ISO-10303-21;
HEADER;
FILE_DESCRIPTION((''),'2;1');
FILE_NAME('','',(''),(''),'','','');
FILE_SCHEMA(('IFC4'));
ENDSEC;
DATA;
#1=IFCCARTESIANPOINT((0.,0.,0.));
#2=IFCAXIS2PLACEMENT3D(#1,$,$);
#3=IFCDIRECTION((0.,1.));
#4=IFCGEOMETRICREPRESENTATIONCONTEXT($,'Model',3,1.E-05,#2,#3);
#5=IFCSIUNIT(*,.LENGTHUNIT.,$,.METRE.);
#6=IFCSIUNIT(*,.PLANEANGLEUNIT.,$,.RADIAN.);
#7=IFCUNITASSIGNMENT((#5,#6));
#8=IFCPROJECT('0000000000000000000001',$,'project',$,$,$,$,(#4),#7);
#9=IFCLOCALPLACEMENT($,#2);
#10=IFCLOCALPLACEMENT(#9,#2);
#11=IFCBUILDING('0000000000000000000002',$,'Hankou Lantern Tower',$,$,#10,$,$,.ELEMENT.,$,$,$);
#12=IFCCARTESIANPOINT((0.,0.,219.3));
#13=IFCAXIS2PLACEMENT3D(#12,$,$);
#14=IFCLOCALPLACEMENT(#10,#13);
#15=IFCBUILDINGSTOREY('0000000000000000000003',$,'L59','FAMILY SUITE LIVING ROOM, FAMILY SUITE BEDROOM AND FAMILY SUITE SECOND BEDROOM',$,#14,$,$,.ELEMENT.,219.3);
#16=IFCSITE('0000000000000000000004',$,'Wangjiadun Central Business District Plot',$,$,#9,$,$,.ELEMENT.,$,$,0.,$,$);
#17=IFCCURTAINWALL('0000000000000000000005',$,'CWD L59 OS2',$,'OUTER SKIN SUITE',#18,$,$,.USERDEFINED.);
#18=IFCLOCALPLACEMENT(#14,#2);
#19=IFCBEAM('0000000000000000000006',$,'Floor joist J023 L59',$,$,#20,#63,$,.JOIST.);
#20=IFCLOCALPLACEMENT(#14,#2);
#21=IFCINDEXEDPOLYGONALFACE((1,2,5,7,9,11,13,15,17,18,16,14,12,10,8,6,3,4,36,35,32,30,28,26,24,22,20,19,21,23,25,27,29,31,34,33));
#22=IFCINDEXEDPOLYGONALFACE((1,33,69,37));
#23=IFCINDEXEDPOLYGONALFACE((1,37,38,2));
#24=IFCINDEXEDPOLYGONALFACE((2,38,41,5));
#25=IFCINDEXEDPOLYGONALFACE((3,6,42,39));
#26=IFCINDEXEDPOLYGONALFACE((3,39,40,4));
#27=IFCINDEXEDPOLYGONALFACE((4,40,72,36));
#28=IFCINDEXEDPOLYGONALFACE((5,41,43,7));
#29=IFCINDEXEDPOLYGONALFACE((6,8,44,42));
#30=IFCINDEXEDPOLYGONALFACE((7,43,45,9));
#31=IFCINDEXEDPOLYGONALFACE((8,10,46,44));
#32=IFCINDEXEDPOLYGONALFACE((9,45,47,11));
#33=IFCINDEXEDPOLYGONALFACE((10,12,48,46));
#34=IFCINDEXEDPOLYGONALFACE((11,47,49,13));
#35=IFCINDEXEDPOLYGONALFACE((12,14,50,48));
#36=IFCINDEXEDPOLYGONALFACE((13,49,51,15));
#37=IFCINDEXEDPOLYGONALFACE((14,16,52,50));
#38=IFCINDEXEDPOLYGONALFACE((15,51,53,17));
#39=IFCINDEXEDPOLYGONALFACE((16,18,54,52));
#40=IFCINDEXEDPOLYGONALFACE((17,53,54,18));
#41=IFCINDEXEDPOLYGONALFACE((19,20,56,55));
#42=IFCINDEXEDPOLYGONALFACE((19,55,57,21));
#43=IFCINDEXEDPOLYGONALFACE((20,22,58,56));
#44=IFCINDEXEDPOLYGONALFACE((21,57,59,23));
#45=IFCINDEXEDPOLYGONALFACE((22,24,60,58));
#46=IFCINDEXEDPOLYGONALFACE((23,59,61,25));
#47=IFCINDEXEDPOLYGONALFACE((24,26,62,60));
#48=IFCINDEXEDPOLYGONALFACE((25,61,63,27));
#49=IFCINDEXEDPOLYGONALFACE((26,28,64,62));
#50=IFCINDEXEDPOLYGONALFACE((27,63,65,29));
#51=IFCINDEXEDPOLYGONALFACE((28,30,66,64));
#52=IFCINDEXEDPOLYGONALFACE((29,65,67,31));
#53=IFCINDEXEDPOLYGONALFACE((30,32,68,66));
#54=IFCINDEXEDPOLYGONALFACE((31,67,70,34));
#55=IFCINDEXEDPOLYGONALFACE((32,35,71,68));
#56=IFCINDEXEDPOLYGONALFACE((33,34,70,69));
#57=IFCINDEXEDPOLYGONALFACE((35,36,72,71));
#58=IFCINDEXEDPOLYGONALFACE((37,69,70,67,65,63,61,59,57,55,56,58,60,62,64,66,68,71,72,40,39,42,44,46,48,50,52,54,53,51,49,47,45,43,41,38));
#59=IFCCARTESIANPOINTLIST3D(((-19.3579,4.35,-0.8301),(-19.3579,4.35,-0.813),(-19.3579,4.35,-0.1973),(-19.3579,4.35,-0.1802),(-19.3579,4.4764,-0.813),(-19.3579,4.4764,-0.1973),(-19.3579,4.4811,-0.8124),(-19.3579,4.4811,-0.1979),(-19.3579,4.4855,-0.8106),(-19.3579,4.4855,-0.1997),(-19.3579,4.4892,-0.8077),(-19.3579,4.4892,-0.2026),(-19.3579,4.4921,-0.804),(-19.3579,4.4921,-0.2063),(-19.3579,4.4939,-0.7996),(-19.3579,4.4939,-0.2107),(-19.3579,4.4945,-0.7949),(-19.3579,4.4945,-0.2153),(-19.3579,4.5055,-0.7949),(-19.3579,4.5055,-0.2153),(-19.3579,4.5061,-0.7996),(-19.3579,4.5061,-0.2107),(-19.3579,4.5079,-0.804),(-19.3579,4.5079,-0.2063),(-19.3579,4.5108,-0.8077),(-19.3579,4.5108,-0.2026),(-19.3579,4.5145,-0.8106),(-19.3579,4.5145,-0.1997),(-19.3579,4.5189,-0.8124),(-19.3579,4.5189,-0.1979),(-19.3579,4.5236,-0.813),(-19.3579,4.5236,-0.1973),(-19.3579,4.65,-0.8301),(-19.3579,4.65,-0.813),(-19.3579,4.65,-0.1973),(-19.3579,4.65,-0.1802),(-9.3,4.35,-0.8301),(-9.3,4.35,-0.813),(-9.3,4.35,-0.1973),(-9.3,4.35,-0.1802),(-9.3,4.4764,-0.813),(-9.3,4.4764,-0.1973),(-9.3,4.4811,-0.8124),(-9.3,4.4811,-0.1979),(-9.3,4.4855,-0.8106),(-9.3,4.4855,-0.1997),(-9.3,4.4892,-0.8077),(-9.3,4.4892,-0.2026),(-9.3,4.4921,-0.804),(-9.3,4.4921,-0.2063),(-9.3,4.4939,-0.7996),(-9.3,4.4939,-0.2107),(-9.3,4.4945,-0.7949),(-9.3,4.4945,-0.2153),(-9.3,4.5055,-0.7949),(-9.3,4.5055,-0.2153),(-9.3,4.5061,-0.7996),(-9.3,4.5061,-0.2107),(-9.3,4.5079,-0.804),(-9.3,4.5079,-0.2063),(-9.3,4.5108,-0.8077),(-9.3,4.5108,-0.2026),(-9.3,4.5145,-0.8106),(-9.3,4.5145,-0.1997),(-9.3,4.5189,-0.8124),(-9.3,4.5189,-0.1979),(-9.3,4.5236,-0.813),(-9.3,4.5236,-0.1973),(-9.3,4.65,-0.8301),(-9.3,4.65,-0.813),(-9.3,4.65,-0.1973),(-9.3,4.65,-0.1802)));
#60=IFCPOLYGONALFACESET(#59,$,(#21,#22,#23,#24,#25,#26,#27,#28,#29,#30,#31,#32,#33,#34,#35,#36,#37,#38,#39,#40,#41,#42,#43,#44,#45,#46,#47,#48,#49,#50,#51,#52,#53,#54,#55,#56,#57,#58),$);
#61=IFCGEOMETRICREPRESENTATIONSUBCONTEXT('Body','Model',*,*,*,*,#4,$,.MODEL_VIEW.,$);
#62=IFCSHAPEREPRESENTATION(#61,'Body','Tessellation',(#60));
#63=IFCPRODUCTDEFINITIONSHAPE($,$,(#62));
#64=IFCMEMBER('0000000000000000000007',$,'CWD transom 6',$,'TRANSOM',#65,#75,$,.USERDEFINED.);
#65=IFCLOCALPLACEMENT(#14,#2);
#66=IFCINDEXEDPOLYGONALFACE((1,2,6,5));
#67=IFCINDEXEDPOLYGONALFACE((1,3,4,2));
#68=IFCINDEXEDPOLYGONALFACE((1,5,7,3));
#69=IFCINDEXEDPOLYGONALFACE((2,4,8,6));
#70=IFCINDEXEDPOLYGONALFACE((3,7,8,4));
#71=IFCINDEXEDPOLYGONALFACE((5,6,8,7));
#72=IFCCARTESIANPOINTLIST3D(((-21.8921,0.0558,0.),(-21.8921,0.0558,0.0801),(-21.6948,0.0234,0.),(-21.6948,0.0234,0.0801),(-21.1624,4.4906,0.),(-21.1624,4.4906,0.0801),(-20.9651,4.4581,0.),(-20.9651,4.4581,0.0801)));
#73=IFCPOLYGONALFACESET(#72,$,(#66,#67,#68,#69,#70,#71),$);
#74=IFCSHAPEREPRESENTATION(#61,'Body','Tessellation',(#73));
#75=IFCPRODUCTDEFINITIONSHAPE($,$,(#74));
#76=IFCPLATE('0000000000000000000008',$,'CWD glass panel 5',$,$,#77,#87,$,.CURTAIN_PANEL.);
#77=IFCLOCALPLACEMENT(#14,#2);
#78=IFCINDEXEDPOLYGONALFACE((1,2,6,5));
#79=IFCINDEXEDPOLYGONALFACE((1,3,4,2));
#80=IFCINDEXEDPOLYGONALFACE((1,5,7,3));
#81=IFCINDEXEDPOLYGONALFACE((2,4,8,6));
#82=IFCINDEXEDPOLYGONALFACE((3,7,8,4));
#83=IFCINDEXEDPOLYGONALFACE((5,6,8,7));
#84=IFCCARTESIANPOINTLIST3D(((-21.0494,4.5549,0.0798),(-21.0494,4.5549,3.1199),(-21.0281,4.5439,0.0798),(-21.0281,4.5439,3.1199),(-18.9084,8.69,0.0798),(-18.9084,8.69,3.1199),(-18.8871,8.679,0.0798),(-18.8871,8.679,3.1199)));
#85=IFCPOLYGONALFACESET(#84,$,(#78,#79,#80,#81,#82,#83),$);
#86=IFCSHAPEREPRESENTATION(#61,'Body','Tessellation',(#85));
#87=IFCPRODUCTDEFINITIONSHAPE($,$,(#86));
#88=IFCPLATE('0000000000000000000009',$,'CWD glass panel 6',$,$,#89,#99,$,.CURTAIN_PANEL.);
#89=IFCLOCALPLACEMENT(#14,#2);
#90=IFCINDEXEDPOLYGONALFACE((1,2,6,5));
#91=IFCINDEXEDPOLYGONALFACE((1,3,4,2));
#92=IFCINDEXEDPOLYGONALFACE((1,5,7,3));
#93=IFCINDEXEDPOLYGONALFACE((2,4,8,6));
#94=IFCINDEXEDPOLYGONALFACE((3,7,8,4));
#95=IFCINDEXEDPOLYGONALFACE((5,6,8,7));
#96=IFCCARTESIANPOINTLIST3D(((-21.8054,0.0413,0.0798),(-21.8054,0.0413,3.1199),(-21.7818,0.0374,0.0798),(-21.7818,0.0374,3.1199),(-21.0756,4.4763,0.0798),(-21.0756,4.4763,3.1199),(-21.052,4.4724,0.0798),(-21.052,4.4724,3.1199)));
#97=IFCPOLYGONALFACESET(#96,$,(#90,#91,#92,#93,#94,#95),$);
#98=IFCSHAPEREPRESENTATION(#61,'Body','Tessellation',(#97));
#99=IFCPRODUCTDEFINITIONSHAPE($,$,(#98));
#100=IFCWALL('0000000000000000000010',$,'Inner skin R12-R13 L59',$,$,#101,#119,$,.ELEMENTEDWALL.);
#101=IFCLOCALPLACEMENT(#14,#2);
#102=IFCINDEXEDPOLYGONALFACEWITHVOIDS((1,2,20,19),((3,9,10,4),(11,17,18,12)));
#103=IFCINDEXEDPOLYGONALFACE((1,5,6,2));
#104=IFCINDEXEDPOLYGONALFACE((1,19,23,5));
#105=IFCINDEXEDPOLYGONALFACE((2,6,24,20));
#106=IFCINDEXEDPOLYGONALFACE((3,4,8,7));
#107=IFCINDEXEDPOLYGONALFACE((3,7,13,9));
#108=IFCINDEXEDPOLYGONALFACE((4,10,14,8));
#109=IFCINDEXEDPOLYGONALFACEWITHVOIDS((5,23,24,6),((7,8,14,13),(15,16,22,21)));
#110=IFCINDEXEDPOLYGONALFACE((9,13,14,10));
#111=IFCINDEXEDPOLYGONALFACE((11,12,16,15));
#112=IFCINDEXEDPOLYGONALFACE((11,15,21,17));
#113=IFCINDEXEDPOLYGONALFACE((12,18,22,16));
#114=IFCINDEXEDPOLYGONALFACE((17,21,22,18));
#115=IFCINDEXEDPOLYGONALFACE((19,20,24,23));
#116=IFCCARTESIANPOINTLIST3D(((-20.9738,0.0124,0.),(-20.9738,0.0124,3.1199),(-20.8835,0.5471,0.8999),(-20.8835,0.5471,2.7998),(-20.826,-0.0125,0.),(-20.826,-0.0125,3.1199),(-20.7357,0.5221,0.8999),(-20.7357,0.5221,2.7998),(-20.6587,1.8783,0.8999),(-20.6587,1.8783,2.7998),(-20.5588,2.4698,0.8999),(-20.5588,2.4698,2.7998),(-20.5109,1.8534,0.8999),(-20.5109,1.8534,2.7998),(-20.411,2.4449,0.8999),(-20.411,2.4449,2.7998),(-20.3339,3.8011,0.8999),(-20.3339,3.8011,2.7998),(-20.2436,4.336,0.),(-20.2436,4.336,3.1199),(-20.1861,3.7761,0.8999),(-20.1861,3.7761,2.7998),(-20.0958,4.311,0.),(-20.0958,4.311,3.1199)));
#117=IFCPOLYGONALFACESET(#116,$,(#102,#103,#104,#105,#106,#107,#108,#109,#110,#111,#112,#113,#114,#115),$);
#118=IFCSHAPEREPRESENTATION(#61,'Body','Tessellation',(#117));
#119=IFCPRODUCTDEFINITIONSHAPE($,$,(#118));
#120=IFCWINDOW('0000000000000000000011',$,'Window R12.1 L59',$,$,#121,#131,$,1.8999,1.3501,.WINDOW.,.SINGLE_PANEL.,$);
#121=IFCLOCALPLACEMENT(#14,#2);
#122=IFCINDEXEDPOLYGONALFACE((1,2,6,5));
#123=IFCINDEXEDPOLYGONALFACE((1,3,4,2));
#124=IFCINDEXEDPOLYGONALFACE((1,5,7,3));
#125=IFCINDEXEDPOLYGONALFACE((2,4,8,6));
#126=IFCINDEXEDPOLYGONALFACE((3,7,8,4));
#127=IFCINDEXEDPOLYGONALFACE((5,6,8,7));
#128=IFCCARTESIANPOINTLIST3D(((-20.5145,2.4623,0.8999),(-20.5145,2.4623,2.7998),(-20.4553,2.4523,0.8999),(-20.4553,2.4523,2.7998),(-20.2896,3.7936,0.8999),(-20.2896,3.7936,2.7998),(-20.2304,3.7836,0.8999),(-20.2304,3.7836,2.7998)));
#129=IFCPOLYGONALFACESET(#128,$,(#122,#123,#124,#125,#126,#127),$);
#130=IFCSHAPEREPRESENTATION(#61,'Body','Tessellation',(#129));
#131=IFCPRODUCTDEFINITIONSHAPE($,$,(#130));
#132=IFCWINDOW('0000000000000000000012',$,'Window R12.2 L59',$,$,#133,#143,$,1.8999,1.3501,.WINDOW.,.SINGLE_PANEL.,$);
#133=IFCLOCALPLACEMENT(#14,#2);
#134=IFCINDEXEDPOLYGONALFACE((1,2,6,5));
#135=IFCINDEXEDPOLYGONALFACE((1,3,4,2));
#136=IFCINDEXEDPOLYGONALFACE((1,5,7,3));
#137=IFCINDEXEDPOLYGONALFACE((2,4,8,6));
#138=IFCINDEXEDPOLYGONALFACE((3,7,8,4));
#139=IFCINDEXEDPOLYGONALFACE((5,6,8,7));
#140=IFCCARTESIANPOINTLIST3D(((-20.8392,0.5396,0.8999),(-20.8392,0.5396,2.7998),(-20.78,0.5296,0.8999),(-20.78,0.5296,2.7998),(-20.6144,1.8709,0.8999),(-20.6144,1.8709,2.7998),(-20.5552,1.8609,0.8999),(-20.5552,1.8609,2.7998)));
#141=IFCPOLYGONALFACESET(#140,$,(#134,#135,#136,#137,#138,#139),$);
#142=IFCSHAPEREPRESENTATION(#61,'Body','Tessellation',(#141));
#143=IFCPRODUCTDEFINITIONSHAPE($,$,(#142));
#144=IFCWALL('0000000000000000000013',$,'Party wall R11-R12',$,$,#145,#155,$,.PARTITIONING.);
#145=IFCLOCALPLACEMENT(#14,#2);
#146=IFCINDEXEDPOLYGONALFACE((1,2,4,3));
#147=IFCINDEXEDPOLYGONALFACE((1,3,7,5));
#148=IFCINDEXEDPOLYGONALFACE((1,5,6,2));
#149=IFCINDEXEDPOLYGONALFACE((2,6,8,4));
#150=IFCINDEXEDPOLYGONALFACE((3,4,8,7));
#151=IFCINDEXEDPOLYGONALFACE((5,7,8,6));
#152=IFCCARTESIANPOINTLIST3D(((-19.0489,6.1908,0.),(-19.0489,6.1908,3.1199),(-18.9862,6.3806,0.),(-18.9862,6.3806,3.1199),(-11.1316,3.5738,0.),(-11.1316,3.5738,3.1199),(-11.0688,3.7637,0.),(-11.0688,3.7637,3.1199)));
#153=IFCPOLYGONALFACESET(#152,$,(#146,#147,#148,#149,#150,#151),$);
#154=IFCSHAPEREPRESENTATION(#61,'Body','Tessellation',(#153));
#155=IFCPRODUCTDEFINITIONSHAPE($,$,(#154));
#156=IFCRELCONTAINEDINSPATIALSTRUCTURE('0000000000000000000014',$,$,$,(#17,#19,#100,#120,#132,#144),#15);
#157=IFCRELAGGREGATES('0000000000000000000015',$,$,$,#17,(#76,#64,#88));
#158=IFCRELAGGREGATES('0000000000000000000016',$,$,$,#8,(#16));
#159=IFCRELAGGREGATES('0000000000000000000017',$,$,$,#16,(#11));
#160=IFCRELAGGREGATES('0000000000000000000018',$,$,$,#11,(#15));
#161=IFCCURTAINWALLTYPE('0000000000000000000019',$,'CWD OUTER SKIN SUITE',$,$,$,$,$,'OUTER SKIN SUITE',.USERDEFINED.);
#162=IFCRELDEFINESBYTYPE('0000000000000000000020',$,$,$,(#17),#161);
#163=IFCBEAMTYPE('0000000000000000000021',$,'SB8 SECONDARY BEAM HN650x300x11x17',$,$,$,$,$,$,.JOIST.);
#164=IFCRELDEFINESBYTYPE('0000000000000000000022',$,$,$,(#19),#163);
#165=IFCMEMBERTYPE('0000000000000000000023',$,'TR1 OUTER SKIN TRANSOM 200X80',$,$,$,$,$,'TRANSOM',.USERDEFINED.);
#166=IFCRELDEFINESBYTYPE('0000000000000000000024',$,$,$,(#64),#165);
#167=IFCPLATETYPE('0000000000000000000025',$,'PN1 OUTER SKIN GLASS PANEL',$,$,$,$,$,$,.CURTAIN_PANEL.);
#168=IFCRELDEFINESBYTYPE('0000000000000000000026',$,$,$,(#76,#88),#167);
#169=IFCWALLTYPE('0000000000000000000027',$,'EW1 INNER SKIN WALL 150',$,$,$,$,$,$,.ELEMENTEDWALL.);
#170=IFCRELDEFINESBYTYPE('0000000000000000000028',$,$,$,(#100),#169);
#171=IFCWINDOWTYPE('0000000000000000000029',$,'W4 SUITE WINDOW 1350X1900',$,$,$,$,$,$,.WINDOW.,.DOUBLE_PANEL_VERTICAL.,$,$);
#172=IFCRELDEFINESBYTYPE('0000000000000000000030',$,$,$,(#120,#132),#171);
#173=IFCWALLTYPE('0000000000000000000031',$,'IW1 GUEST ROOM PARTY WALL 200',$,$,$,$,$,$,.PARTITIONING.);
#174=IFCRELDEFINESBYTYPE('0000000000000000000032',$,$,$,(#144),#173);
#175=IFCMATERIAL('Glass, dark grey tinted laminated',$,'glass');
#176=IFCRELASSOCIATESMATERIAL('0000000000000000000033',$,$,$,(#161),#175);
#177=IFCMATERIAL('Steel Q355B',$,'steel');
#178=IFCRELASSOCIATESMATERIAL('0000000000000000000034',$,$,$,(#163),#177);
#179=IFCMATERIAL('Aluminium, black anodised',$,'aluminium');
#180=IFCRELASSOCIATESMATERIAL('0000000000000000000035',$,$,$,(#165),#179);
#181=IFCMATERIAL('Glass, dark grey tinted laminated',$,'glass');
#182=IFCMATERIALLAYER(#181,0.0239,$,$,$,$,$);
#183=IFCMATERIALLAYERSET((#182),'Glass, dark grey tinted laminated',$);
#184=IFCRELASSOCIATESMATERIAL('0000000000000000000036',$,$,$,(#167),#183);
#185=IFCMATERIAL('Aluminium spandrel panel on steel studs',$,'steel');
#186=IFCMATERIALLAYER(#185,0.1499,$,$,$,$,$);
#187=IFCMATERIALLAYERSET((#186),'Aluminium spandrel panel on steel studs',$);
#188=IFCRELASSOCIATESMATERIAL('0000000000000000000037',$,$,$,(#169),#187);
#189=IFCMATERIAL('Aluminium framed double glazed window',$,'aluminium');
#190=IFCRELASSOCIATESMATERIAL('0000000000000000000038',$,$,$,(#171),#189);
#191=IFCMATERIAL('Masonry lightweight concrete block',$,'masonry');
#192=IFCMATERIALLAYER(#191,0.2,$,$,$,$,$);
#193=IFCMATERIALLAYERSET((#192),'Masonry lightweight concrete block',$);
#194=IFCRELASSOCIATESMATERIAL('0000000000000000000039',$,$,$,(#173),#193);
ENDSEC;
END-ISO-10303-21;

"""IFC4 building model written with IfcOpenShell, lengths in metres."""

from ifc_helpers import new_model, si_unit, direction, frame, frame_2d, origin, origin_2d, place, context, subcontext, project, spatial, rectangle, i_section, extrude, material, layer, layer_set, material_profile, profile_set, type_object, element, fill, aggregate, save


model = new_model("IFC4")

# Units and contexts
model_context = context("Model", 3, precision=1e-05, world=origin(), true_north=direction((0.0, 1.0)))
body_context = subcontext(model_context, "Body", "Model", "MODEL_VIEW")
ifc_project = project(units=[si_unit("LENGTHUNIT", "METRE"), si_unit("PLANEANGLEUNIT", "RADIAN")], contexts=[model_context])

# Site, building, storey
site_placement = place(None, origin())
site = spatial("IfcSite", under=ifc_project, at=site_placement, Name="Wangjiadun Central Business District Plot", CompositionType="ELEMENT", RefElevation=0.0)
building_placement = place(site_placement, origin())
building = spatial("IfcBuilding", under=site, at=building_placement, Name="Hankou Lantern Tower", CompositionType="ELEMENT")
storey_placement = place(building_placement, frame((0.0, 0.0, 219.3)))
storey = spatial("IfcBuildingStorey", under=building, at=storey_placement, Name="L59", Description="FAMILY SUITE LIVING ROOM, FAMILY SUITE BEDROOM AND FAMILY SUITE SECOND BEDROOM", CompositionType="ELEMENT", Elevation=219.3)

# Curtain wall
ifc_material_1 = material(Name="Glass, dark grey tinted laminated", Category="glass")
curtain_wall_type = type_object("IfcCurtainWallType", Name="CWD OUTER SKIN SUITE", ElementType="OUTER SKIN SUITE", PredefinedType="USERDEFINED", material=ifc_material_1)
curtain_wall_placement = place(storey_placement, origin())
curtain_wall = element("IfcCurtainWall", 1, at=curtain_wall_placement, inside=storey, type_object=curtain_wall_type, Name="CWD L59 OS2", ObjectType="OUTER SKIN SUITE", PredefinedType="USERDEFINED")

# Beam
ifc_material_2 = material(Name="Steel Q355B", Category="steel")
ifc_material_profile_1 = material_profile(ifc_material_2, i_section(OverallWidth=0.3, OverallDepth=0.6499, WebThickness=0.011, FlangeThickness=0.0171, FilletRadius=0.0181, at=origin_2d()), Name="HN650x300x11x17")
ifc_profile_set_1 = profile_set([ifc_material_profile_1], Name="Steel Q355B")
beam_type_1 = type_object("IfcBeamType", Name="SB8 SECONDARY BEAM HN650x300x11x17", PredefinedType="JOIST", material=ifc_profile_set_1)
beam_1_placement = place(storey_placement, frame((-19.3579, 4.5, -0.5051), z_axis=(1.0, 0.0, 0.0), x_axis=(0.0, 1.0, 0.0)))
element("IfcBeam", 2, at=beam_1_placement, inside=storey, type_object=beam_type_1, Name="Floor joist J023 L59", PredefinedType="JOIST", context=body_context, shape_type="SweptSolid", body=[
    extrude(i_section(OverallWidth=0.3, OverallDepth=0.6499, WebThickness=0.011, FlangeThickness=0.0171, FilletRadius=0.0181, at=origin_2d()), origin(), (0.0, 0.0, 1.0), 10.0579),
])

# Member
ifc_material_3 = material(Name="Aluminium, black anodised", Category="aluminium")
ifc_material_profile_2 = material_profile(ifc_material_3, rectangle(XDim=0.2, YDim=0.0801, at=origin_2d()), Name="TR1 200X80")
ifc_profile_set_2 = profile_set([ifc_material_profile_2], Name="Aluminium, black anodised")
member_type_1 = type_object("IfcMemberType", Name="TR1 OUTER SKIN TRANSOM 200X80", ElementType="TRANSOM", PredefinedType="USERDEFINED", material=ifc_profile_set_2)
member_1_placement = place(storey_placement, frame((-21.0637, 4.4744, 0.04), z_axis=(-0.162364, -0.986731, 0.0), x_axis=(0.986731, -0.162364, 0.0)))
member_1 = element("IfcMember", 3, at=member_1_placement, type_object=member_type_1, Name="CWD transom 6", ObjectType="TRANSOM", PredefinedType="USERDEFINED", context=body_context, shape_type="SweptSolid", body=[
    extrude(rectangle(XDim=0.2, YDim=0.0801, at=origin_2d()), origin(), (0.0, 0.0, 1.0), 4.4944),
])

# Plates
ifc_material_4 = material(Name="Glass, dark grey tinted laminated", Category="glass")
ifc_layer_1 = layer(ifc_material_4, 0.0239)
ifc_layer_set_1 = layer_set([ifc_layer_1], Name="Glass, dark grey tinted laminated")
plate_type = type_object("IfcPlateType", Name="PN1 OUTER SKIN GLASS PANEL", PredefinedType="CURTAIN_PANEL", material=ifc_layer_set_1)
plate_1_placement = place(storey_placement, frame((-19.9683, 6.6169, 0.0798), z_axis=(0.0, 0.0, 1.0), x_axis=(-0.459791, -0.888027, 0.0)))
plate_1 = element("IfcPlate", 4, at=plate_1_placement, type_object=plate_type, Name="CWD glass panel 5", PredefinedType="CURTAIN_PANEL", context=body_context, shape_type="SweptSolid", body=[
    extrude(rectangle(XDim=4.6565, YDim=0.0239, at=origin_2d()), origin(), (0.0, 0.0, 1.0), 3.04),
])
plate_2_placement = place(storey_placement, frame((-21.4287, 2.2568, 0.0798), z_axis=(0.0, 0.0, 1.0), x_axis=(-0.162382, -0.986728, 0.0)))
plate_2 = element("IfcPlate", 5, at=plate_2_placement, type_object=plate_type, Name="CWD glass panel 6", PredefinedType="CURTAIN_PANEL", context=body_context, shape_type="SweptSolid", body=[
    extrude(rectangle(XDim=4.4946, YDim=0.0239, at=origin_2d()), origin(), (0.0, 0.0, 1.0), 3.04),
])
aggregate(curtain_wall, [plate_1, member_1, plate_2])

# Wall, openings, windows
ifc_material_5 = material(Name="Aluminium spandrel panel on steel studs", Category="steel")
ifc_layer_2 = layer(ifc_material_5, 0.1499)
ifc_layer_set_2 = layer_set([ifc_layer_2], Name="Aluminium spandrel panel on steel studs")
wall_type_1 = type_object("IfcWallType", Name="EW1 INNER SKIN WALL 150", PredefinedType="ELEMENTEDWALL", material=ifc_layer_set_2)
wall_1_placement = place(storey_placement, frame((-20.1697, 4.3235, 0.0), z_axis=(0.0, 0.0, 1.0), x_axis=(-0.166539, -0.986035, 0.0)))
wall_1 = element("IfcWall", 6, at=wall_1_placement, inside=storey, type_object=wall_type_1, Name="Inner skin R12-R13 L59", PredefinedType="ELEMENTEDWALL", context=body_context, shape_type="SweptSolid", body=[
    extrude(rectangle(XDim=4.3848, YDim=0.1499, at=frame_2d((2.1924, 0.0))), origin(), (0.0, 0.0, 1.0), 3.1199),
])
opening_1_placement = place(wall_1_placement, frame((0.5425, 0.0, 0.8999)))
opening_1 = element("IfcOpeningElement", 7, at=opening_1_placement, cuts=wall_1, PredefinedType="OPENING", context=body_context, shape_type="SweptSolid", body=[
    extrude(rectangle(XDim=1.3501, YDim=1.8999, at=frame_2d((0.675, 0.95))), frame((0.0, 0.085, 0.0), z_axis=(0.0, -1.0, 0.0), x_axis=(1.0, 0.0, 0.0)), (0.0, 0.0, 1.0), 0.1699),
])
opening_2_placement = place(wall_1_placement, frame((2.4924, 0.0, 0.8999)))
opening_2 = element("IfcOpeningElement", 8, at=opening_2_placement, cuts=wall_1, PredefinedType="OPENING", context=body_context, shape_type="SweptSolid", body=[
    extrude(rectangle(XDim=1.3501, YDim=1.8999, at=frame_2d((0.675, 0.95))), frame((0.0, 0.085, 0.0), z_axis=(0.0, -1.0, 0.0), x_axis=(1.0, 0.0, 0.0)), (0.0, 0.0, 1.0), 0.1699),
])
ifc_material_6 = material(Name="Aluminium framed double glazed window", Category="aluminium")
window_type = type_object("IfcWindowType", Name="W4 SUITE WINDOW 1350X1900", PartitioningType="DOUBLE_PANEL_VERTICAL", PredefinedType="WINDOW", material=ifc_material_6)
window_1_placement = place(opening_1_placement, origin())
window_1 = element("IfcWindow", 9, at=window_1_placement, inside=storey, type_object=window_type, Name="Window R12.1 L59", OverallHeight=1.8999, OverallWidth=1.3501, PartitioningType="SINGLE_PANEL", PredefinedType="WINDOW", context=body_context, shape_type="SweptSolid", body=[
    extrude(rectangle(XDim=1.3501, YDim=1.8999, at=frame_2d((0.675, 0.95))), frame((0.0, 0.03, 0.0), z_axis=(0.0, -1.0, 0.0), x_axis=(1.0, 0.0, 0.0)), (0.0, 0.0, 1.0), 0.0601),
])
fill(opening_1, window_1)
window_2_placement = place(opening_2_placement, origin())
window_2 = element("IfcWindow", 10, at=window_2_placement, inside=storey, type_object=window_type, Name="Window R12.2 L59", OverallHeight=1.8999, OverallWidth=1.3501, PartitioningType="SINGLE_PANEL", PredefinedType="WINDOW", context=body_context, shape_type="SweptSolid", body=[
    extrude(rectangle(XDim=1.3501, YDim=1.8999, at=frame_2d((0.675, 0.95))), frame((0.0, 0.03, 0.0), z_axis=(0.0, -1.0, 0.0), x_axis=(1.0, 0.0, 0.0)), (0.0, 0.0, 1.0), 0.0601),
])
fill(opening_2, window_2)

# Wall
ifc_material_7 = material(Name="Masonry lightweight concrete block", Category="masonry")
ifc_layer_3 = layer(ifc_material_7, 0.2)
ifc_layer_set_3 = layer_set([ifc_layer_3], Name="Masonry lightweight concrete block")
wall_type_2 = type_object("IfcWallType", Name="IW1 GUEST ROOM PARTY WALL 200", PredefinedType="PARTITIONING", material=ifc_layer_set_3)
wall_2_placement = place(storey_placement, frame((-11.1001, 3.6687, 0.0), z_axis=(0.0, 0.0, 1.0), x_axis=(-0.949477, 0.313838, 0.0)))
element("IfcWall", 11, at=wall_2_placement, inside=storey, type_object=wall_type_2, Name="Party wall R11-R12", PredefinedType="PARTITIONING", context=body_context, shape_type="SweptSolid", body=[
    extrude(rectangle(XDim=8.3386, YDim=0.2, at=frame_2d((4.1694, 0.0))), origin(), (0.0, 0.0, 1.0), 3.1199),
])

save(model, "model.ifc")
